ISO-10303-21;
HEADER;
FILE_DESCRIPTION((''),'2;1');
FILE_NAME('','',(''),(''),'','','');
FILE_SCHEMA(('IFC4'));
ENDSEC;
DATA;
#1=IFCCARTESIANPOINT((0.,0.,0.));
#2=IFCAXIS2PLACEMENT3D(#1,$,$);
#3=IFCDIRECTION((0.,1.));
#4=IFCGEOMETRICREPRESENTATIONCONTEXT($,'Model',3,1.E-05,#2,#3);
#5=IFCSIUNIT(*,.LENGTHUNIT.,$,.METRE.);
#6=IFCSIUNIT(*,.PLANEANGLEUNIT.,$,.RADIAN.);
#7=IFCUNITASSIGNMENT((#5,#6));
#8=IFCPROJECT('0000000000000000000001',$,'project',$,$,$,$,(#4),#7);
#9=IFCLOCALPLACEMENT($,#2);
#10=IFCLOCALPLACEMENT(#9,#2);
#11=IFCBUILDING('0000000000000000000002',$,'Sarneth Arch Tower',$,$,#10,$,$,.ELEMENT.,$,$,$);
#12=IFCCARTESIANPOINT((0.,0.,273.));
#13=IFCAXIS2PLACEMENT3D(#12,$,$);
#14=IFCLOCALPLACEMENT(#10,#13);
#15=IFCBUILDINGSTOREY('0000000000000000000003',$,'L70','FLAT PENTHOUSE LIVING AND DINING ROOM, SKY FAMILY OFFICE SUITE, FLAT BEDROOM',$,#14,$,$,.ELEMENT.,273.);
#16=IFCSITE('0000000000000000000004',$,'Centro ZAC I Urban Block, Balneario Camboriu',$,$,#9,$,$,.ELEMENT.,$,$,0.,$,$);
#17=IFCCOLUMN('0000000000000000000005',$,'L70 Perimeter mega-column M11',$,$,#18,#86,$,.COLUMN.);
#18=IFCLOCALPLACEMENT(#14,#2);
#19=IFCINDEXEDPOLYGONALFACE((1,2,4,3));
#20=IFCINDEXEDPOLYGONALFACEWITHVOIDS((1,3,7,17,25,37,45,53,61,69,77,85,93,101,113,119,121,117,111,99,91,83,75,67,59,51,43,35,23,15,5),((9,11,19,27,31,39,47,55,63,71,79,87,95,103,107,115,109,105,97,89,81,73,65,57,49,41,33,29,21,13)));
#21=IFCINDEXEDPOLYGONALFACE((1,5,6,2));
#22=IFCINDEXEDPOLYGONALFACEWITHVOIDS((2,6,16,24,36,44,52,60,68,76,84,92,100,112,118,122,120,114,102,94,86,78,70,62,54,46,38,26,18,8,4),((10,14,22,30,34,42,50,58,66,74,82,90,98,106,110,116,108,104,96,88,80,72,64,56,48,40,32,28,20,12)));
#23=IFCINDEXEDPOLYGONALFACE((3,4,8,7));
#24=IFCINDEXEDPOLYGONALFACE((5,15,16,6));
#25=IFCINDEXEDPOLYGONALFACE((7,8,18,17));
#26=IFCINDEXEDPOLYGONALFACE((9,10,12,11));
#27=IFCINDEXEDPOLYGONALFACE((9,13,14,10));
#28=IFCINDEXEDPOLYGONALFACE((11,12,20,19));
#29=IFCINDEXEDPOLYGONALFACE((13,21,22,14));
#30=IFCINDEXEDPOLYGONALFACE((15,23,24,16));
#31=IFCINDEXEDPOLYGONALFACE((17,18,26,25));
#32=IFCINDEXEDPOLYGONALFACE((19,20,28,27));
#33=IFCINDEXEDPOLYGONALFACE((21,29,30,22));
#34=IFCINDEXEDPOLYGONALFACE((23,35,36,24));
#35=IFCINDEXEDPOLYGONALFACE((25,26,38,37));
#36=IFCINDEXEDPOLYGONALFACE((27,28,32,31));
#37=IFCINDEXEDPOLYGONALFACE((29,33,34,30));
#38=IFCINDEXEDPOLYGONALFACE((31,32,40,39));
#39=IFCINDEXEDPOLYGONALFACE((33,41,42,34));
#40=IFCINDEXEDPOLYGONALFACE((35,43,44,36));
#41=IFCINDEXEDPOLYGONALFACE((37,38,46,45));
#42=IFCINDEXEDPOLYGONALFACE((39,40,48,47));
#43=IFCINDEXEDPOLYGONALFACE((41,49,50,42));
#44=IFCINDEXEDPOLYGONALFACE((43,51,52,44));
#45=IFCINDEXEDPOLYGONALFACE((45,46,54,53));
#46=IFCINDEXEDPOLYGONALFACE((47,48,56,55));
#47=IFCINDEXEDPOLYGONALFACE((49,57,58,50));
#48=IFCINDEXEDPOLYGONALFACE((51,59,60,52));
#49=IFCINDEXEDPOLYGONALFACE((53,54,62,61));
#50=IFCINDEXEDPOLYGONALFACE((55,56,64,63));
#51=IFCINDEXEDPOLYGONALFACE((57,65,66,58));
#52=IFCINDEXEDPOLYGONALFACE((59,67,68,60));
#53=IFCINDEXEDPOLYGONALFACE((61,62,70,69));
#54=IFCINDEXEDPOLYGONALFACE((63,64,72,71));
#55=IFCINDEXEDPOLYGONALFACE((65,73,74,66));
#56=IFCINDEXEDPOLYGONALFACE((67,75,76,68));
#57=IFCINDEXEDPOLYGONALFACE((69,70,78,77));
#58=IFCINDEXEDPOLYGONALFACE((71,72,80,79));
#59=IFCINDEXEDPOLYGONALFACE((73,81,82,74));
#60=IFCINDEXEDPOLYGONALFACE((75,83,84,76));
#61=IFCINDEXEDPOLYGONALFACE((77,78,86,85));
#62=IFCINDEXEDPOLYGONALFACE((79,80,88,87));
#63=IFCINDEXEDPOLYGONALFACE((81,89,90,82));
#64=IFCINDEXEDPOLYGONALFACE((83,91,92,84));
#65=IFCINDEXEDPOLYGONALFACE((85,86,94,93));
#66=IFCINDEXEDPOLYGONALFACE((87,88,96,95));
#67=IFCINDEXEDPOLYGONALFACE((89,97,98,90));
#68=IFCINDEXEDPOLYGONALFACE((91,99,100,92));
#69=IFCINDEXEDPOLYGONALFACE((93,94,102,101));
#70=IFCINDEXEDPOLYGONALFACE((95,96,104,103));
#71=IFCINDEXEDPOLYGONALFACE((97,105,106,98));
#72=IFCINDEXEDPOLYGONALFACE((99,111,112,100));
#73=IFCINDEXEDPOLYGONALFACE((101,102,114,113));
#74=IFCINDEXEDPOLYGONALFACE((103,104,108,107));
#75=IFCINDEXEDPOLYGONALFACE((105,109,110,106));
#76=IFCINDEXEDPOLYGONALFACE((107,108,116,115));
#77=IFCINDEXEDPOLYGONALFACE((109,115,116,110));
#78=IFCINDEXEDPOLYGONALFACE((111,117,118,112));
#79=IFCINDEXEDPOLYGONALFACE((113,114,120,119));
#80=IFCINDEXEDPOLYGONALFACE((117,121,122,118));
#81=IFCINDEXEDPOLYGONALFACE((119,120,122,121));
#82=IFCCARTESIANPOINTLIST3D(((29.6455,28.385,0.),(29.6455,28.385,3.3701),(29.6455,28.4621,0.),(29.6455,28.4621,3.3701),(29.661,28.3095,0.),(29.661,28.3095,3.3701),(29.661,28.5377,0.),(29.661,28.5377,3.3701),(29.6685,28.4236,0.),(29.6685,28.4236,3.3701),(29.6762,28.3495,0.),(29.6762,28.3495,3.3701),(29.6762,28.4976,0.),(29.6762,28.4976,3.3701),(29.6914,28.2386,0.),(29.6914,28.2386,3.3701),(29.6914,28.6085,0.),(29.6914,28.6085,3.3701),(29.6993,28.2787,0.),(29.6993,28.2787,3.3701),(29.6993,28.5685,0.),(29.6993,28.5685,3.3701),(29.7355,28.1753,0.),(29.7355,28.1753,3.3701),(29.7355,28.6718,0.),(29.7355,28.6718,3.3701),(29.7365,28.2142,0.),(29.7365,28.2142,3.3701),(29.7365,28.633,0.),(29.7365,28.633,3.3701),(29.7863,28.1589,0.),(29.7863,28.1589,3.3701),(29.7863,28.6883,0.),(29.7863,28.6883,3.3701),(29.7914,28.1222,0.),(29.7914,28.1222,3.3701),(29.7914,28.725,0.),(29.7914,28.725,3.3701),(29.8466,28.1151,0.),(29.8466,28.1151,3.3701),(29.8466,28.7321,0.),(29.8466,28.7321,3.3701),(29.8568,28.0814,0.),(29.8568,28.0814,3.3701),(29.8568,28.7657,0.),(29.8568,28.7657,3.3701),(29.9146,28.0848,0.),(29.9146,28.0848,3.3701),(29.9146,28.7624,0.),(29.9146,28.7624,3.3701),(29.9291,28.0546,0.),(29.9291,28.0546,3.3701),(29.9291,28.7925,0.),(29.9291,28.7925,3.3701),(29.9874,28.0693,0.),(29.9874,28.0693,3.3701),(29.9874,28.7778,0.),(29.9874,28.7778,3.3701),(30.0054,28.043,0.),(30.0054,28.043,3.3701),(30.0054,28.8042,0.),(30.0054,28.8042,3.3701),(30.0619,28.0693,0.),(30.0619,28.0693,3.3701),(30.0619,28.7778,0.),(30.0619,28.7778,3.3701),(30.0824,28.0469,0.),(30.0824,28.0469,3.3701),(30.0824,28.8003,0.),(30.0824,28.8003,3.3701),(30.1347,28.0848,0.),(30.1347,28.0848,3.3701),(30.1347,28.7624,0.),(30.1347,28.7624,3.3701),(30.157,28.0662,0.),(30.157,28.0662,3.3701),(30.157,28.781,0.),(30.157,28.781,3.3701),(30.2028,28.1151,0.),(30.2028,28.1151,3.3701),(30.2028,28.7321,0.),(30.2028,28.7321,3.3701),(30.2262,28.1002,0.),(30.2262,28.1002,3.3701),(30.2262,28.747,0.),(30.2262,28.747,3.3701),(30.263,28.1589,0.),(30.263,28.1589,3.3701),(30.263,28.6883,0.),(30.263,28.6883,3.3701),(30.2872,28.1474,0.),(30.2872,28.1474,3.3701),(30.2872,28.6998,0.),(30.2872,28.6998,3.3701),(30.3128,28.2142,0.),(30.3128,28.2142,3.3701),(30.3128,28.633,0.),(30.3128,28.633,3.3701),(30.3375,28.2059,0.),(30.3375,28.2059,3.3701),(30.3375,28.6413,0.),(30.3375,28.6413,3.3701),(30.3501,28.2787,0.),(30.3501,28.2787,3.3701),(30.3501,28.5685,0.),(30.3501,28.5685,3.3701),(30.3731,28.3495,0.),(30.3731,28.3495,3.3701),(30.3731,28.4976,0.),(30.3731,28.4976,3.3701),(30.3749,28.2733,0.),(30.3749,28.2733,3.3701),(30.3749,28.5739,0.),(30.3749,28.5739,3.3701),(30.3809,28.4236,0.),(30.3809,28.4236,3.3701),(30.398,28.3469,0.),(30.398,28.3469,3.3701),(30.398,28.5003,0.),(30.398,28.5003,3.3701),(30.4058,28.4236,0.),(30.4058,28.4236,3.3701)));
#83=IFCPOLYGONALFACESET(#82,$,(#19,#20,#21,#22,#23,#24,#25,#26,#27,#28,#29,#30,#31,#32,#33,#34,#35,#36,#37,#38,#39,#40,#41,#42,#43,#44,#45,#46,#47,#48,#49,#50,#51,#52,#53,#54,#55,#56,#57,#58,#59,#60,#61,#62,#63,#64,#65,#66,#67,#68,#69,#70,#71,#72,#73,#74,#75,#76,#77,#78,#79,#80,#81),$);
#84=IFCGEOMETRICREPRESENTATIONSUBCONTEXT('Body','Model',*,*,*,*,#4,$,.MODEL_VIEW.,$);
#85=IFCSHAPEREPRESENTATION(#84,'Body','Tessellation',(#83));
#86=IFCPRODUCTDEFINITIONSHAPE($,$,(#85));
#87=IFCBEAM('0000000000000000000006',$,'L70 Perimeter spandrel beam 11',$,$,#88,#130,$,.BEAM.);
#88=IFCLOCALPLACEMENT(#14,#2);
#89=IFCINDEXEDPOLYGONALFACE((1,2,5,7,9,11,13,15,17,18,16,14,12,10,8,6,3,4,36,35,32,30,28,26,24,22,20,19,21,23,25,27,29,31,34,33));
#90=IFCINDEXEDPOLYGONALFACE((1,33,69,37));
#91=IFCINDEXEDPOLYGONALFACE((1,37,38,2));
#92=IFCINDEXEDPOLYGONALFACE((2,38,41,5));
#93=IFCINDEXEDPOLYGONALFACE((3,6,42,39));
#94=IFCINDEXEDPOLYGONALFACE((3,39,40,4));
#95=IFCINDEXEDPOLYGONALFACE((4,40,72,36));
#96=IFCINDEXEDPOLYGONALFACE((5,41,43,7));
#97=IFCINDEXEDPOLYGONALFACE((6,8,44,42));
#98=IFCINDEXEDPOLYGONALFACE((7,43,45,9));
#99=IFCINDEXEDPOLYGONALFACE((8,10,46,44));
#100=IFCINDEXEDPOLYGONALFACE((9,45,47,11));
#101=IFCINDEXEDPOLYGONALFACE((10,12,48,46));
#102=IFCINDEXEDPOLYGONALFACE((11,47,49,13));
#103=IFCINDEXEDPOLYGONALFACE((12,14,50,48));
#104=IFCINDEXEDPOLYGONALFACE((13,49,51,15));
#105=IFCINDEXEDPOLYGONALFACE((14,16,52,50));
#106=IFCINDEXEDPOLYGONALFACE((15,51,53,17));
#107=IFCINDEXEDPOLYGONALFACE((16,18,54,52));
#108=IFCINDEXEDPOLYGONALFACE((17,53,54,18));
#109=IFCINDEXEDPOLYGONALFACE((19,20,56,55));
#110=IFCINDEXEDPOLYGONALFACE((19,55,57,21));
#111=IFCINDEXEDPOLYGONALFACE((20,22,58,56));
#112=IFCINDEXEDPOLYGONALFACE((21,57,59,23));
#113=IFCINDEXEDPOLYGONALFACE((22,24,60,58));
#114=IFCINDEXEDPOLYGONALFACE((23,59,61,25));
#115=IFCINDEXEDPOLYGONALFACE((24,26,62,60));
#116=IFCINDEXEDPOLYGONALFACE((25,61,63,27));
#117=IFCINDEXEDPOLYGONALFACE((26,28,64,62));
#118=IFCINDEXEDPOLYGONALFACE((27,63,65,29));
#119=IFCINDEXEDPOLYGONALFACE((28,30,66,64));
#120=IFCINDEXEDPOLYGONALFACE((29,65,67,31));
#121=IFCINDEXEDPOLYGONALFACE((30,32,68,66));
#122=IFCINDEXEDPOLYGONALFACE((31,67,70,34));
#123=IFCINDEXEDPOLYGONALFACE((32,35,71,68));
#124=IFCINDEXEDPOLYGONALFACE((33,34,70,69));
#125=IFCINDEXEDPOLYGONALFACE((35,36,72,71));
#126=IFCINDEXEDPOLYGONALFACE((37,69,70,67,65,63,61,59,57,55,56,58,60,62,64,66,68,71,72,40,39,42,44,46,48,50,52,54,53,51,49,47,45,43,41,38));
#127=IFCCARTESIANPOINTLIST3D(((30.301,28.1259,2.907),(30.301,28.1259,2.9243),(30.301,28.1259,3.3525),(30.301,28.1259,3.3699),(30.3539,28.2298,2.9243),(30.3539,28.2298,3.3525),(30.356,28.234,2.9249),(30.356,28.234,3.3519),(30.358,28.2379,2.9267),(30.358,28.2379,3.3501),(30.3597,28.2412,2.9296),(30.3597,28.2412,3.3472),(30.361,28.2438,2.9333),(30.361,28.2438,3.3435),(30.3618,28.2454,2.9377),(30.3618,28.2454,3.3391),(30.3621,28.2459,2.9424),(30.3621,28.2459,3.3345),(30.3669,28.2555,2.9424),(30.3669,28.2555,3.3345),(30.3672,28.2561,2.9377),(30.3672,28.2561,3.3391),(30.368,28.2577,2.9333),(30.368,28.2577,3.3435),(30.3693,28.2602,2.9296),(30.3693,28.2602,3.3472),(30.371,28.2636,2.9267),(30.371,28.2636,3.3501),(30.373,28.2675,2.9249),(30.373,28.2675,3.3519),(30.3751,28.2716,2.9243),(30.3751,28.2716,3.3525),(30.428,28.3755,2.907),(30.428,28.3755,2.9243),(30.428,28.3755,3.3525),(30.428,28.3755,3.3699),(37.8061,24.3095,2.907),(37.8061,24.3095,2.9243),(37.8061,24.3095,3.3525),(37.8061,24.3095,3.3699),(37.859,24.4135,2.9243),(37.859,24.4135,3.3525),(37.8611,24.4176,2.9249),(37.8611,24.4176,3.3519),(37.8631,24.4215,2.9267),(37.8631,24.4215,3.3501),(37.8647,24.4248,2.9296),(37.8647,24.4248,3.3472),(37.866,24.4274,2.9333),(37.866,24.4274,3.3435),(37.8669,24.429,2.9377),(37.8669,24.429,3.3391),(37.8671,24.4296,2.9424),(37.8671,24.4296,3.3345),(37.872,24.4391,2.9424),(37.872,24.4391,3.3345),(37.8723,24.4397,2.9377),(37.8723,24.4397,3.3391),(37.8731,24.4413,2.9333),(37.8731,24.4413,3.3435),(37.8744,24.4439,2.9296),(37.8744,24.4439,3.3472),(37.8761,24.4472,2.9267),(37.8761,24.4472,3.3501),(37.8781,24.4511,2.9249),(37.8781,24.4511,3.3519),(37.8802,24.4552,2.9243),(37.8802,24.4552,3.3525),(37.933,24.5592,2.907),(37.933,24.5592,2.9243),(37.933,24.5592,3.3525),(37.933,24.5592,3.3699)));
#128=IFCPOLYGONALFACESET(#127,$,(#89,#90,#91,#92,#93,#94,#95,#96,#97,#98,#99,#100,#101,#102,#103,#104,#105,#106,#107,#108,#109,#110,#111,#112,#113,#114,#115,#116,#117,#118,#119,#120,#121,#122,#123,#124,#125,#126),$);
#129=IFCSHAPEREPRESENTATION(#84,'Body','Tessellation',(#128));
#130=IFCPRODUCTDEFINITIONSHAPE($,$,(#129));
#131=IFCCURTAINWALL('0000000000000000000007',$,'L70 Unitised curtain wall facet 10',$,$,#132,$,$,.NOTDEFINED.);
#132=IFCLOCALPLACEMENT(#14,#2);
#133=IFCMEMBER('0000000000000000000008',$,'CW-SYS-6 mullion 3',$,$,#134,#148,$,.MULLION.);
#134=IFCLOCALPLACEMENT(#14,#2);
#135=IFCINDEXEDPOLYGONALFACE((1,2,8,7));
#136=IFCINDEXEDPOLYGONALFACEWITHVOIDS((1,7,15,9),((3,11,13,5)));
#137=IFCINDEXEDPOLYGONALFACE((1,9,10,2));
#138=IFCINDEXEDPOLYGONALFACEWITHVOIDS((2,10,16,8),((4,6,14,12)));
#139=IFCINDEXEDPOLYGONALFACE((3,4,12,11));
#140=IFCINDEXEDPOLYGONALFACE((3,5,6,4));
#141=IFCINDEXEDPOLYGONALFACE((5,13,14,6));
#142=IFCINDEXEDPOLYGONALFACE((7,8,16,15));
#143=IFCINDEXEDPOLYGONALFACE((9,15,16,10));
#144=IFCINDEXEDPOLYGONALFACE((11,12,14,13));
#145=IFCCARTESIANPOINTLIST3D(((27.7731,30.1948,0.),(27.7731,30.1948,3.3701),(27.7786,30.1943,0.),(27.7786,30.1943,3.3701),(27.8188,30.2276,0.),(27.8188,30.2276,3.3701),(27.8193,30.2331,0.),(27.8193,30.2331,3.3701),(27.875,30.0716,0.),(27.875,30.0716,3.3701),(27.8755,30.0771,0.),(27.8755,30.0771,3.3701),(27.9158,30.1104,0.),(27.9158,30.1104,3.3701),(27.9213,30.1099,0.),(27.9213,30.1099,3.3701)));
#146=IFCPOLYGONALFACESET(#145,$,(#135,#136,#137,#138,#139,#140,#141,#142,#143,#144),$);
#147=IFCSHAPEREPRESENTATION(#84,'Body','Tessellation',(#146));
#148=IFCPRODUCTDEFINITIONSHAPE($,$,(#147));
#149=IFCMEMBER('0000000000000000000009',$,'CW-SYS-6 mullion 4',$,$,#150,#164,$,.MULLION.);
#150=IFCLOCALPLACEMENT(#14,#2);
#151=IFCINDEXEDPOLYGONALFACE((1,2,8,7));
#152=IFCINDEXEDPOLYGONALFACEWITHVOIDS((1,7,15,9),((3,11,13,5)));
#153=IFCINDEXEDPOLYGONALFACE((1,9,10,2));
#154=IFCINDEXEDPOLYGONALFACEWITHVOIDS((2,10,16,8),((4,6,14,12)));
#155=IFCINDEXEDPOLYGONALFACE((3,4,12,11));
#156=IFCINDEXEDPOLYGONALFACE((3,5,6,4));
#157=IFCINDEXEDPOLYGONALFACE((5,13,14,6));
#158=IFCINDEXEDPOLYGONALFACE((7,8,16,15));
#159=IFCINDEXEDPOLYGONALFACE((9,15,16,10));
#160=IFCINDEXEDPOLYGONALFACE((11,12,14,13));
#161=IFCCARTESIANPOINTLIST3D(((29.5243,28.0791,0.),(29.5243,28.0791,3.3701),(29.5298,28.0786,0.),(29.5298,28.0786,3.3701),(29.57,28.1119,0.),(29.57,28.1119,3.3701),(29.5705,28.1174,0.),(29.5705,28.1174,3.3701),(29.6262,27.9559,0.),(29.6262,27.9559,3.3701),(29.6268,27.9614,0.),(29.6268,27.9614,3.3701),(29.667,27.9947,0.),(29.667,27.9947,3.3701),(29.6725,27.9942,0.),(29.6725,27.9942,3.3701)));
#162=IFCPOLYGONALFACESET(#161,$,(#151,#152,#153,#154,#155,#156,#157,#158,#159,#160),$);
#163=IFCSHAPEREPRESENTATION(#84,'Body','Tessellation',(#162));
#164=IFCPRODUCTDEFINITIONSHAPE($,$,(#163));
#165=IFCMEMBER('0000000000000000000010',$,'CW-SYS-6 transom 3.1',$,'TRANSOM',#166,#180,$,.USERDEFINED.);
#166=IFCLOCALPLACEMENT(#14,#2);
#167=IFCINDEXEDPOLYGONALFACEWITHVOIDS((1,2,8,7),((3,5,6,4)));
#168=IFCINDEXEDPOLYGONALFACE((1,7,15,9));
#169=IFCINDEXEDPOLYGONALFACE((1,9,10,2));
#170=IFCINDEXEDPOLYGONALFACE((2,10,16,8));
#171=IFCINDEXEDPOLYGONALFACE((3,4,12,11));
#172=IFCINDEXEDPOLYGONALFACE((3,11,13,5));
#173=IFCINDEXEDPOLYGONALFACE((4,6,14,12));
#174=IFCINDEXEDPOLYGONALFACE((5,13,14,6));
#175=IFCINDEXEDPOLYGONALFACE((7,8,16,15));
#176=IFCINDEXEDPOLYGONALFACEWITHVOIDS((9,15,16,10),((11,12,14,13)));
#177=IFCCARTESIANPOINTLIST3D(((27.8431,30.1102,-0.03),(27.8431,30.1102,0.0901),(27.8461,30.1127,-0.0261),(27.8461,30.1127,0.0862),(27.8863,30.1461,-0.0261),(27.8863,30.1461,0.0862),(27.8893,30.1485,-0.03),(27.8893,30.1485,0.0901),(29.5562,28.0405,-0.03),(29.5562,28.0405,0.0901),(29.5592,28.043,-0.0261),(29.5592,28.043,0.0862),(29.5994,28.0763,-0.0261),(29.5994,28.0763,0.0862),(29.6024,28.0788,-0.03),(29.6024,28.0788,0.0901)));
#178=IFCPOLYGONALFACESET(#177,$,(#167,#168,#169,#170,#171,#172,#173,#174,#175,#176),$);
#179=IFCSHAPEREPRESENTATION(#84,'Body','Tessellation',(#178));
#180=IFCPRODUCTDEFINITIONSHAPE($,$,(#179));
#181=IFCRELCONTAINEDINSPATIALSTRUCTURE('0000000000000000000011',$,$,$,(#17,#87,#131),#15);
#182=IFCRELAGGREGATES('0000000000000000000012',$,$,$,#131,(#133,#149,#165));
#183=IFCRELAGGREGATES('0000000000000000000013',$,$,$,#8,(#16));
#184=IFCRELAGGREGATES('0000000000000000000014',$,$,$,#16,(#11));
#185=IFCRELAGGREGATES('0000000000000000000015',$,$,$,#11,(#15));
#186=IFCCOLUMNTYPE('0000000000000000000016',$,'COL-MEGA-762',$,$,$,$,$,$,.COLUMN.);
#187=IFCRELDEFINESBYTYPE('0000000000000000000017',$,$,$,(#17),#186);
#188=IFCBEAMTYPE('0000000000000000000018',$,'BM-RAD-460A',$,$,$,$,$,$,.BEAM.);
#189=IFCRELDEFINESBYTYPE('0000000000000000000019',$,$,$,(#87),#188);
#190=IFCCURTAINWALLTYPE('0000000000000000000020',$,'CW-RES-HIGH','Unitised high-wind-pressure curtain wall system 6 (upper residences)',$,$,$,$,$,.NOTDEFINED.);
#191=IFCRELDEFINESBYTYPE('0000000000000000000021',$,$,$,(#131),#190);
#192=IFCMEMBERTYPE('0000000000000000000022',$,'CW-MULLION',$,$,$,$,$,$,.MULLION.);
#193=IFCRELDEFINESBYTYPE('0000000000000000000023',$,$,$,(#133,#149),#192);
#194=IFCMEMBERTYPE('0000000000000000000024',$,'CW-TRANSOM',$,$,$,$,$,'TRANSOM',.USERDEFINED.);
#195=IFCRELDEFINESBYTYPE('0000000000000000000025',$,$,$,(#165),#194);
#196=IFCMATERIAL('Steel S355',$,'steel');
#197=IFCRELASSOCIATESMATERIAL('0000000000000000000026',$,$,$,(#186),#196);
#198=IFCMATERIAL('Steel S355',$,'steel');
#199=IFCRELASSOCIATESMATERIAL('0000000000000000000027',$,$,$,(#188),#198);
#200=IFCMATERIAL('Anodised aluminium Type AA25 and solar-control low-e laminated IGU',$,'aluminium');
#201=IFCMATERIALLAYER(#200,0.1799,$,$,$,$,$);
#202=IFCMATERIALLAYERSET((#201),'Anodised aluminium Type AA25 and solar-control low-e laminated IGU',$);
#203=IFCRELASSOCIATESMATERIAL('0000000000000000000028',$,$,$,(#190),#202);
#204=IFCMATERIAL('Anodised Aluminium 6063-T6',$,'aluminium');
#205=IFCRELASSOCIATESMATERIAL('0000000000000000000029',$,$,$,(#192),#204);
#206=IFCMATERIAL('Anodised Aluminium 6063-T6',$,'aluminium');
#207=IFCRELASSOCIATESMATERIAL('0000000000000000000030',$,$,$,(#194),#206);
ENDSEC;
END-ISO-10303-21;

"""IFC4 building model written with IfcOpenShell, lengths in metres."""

from ifc_helpers import new_model, si_unit, direction, frame, origin, origin_2d, place, context, subcontext, project, spatial, hollow_rectangle, hollow_circle, i_section, extrude, material, layer, layer_set, material_profile, profile_set, type_object, element, aggregate, save


model = new_model("IFC4")

# Units and contexts
model_context = context("Model", 3, precision=1e-05, world=origin(), true_north=direction((0.0, 1.0)))
body_context = subcontext(model_context, "Body", "Model", "MODEL_VIEW")
ifc_project = project(units=[si_unit("LENGTHUNIT", "METRE"), si_unit("PLANEANGLEUNIT", "RADIAN")], contexts=[model_context])

# Site, building, storey
site_placement = place(None, origin())
site = spatial("IfcSite", under=ifc_project, at=site_placement, Name="Centro ZAC I Urban Block, Balneario Camboriu", CompositionType="ELEMENT", RefElevation=0.0)
building_placement = place(site_placement, origin())
building = spatial("IfcBuilding", under=site, at=building_placement, Name="Sarneth Arch Tower", CompositionType="ELEMENT")
storey_placement = place(building_placement, frame((0.0, 0.0, 273.0)))
storey = spatial("IfcBuildingStorey", under=building, at=storey_placement, Name="L70", Description="FLAT PENTHOUSE LIVING AND DINING ROOM, SKY FAMILY OFFICE SUITE, FLAT BEDROOM", CompositionType="ELEMENT", Elevation=273.0)

# Column
ifc_material_1 = material(Name="Steel S355", Category="steel")
ifc_material_profile_1 = material_profile(ifc_material_1, hollow_circle(Radius=0.3811, WallThickness=0.0249, at=origin_2d()), Name="CHS762x25")
ifc_profile_set_1 = profile_set([ifc_material_profile_1], Name="Steel S355")
column_type = type_object("IfcColumnType", Name="COL-MEGA-762", PredefinedType="COLUMN", material=ifc_profile_set_1)
column_placement = place(storey_placement, frame((30.0247, 28.4236, 0.0), z_axis=(0.0, 0.0, 1.0), x_axis=(1.0, 0.0, 0.0)))
element("IfcColumn", 1, at=column_placement, inside=storey, type_object=column_type, Name="L70 Perimeter mega-column M11", PredefinedType="COLUMN", context=body_context, shape_type="SweptSolid", body=[
    extrude(hollow_circle(Radius=0.3811, WallThickness=0.0249, at=origin_2d()), origin(), (0.0, 0.0, 1.0), 3.3701),
])

# Beam
ifc_material_2 = material(Name="Steel S355", Category="steel")
ifc_material_profile_2 = material_profile(ifc_material_2, i_section(OverallWidth=0.28, OverallDepth=0.4629, WebThickness=0.0107, FlangeThickness=0.0173, FilletRadius=0.0181, at=origin_2d()), Name="W460x113")
ifc_profile_set_2 = profile_set([ifc_material_profile_2], Name="Steel S355")
beam_type = type_object("IfcBeamType", Name="BM-RAD-460A", PredefinedType="BEAM", material=ifc_profile_set_2)
beam_placement = place(storey_placement, frame((30.3645, 28.2507, 3.1384), z_axis=(0.891374, -0.453269, 0.0), x_axis=(0.453269, 0.891374, 0.0)))
element("IfcBeam", 2, at=beam_placement, inside=storey, type_object=beam_type, Name="L70 Perimeter spandrel beam 11", PredefinedType="BEAM", context=body_context, shape_type="SweptSolid", body=[
    extrude(i_section(OverallWidth=0.28, OverallDepth=0.4629, WebThickness=0.0107, FlangeThickness=0.0173, FilletRadius=0.0181, at=origin_2d()), origin(), (0.0, 0.0, 1.0), 8.4197),
])

# Curtain wall, members
ifc_material_3 = material(Name="Anodised aluminium Type AA25 and solar-control low-e laminated IGU", Category="aluminium")
ifc_layer_1 = layer(ifc_material_3, 0.1799)
ifc_layer_set_1 = layer_set([ifc_layer_1], Name="Anodised aluminium Type AA25 and solar-control low-e laminated IGU")
curtain_wall_type = type_object("IfcCurtainWallType", Name="CW-RES-HIGH", Description="Unitised high-wind-pressure curtain wall system 6 (upper residences)", PredefinedType="NOTDEFINED", material=ifc_layer_set_1)
curtain_wall_placement = place(storey_placement, origin())
curtain_wall = element("IfcCurtainWall", 3, at=curtain_wall_placement, inside=storey, type_object=curtain_wall_type, Name="L70 Unitised curtain wall facet 10", PredefinedType="NOTDEFINED")
ifc_material_4 = material(Name="Anodised Aluminium 6063-T6", Category="aluminium")
ifc_material_profile_3 = material_profile(ifc_material_4, hollow_rectangle(XDim=0.0601, YDim=0.1599, WallThickness=0.0039, at=origin_2d()), Name="AL-MULL-160x60x4")
ifc_profile_set_3 = profile_set([ifc_material_profile_3], Name="Anodised Aluminium 6063-T6")
member_type_1 = type_object("IfcMemberType", Name="CW-MULLION", PredefinedType="MULLION", material=ifc_profile_set_3)
member_1_placement = place(storey_placement, frame((27.8472, 30.1523, 0.0), z_axis=(0.0, 0.0, 1.0), x_axis=(0.770359, 0.63761, 0.0)))
member_1 = element("IfcMember", 4, at=member_1_placement, type_object=member_type_1, Name="CW-SYS-6 mullion 3", PredefinedType="MULLION", context=body_context, shape_type="SweptSolid", body=[
    extrude(hollow_rectangle(XDim=0.0601, YDim=0.1599, WallThickness=0.0039, at=origin_2d()), origin(), (0.0, 0.0, 1.0), 3.3701),
])
member_2_placement = place(storey_placement, frame((29.5984, 28.0366, 0.0), z_axis=(0.0, 0.0, 1.0), x_axis=(0.770359, 0.63761, 0.0)))
member_2 = element("IfcMember", 5, at=member_2_placement, type_object=member_type_1, Name="CW-SYS-6 mullion 4", PredefinedType="MULLION", context=body_context, shape_type="SweptSolid", body=[
    extrude(hollow_rectangle(XDim=0.0601, YDim=0.1599, WallThickness=0.0039, at=origin_2d()), origin(), (0.0, 0.0, 1.0), 3.3701),
])
ifc_material_5 = material(Name="Anodised Aluminium 6063-T6", Category="aluminium")
ifc_material_profile_4 = material_profile(ifc_material_5, hollow_rectangle(XDim=0.0601, YDim=0.1201, WallThickness=0.0039, at=origin_2d()), Name="AL-TRAN-120x60x4")
ifc_profile_set_4 = profile_set([ifc_material_profile_4], Name="Anodised Aluminium 6063-T6")
member_type_2 = type_object("IfcMemberType", Name="CW-TRANSOM", ElementType="TRANSOM", PredefinedType="USERDEFINED", material=ifc_profile_set_4)
member_3_placement = place(storey_placement, frame((27.8662, 30.1294, 0.03), z_axis=(0.637607, -0.770362, 0.0), x_axis=(0.770362, 0.637607, 0.0)))
member_3 = element("IfcMember", 6, at=member_3_placement, type_object=member_type_2, Name="CW-SYS-6 transom 3.1", ObjectType="TRANSOM", PredefinedType="USERDEFINED", context=body_context, shape_type="SweptSolid", body=[
    extrude(hollow_rectangle(XDim=0.0601, YDim=0.1201, WallThickness=0.0039, at=origin_2d()), origin(), (0.0, 0.0, 1.0), 2.6868),
])

aggregate(curtain_wall, [member_1, member_2, member_3])

save(model, "model.ifc")
